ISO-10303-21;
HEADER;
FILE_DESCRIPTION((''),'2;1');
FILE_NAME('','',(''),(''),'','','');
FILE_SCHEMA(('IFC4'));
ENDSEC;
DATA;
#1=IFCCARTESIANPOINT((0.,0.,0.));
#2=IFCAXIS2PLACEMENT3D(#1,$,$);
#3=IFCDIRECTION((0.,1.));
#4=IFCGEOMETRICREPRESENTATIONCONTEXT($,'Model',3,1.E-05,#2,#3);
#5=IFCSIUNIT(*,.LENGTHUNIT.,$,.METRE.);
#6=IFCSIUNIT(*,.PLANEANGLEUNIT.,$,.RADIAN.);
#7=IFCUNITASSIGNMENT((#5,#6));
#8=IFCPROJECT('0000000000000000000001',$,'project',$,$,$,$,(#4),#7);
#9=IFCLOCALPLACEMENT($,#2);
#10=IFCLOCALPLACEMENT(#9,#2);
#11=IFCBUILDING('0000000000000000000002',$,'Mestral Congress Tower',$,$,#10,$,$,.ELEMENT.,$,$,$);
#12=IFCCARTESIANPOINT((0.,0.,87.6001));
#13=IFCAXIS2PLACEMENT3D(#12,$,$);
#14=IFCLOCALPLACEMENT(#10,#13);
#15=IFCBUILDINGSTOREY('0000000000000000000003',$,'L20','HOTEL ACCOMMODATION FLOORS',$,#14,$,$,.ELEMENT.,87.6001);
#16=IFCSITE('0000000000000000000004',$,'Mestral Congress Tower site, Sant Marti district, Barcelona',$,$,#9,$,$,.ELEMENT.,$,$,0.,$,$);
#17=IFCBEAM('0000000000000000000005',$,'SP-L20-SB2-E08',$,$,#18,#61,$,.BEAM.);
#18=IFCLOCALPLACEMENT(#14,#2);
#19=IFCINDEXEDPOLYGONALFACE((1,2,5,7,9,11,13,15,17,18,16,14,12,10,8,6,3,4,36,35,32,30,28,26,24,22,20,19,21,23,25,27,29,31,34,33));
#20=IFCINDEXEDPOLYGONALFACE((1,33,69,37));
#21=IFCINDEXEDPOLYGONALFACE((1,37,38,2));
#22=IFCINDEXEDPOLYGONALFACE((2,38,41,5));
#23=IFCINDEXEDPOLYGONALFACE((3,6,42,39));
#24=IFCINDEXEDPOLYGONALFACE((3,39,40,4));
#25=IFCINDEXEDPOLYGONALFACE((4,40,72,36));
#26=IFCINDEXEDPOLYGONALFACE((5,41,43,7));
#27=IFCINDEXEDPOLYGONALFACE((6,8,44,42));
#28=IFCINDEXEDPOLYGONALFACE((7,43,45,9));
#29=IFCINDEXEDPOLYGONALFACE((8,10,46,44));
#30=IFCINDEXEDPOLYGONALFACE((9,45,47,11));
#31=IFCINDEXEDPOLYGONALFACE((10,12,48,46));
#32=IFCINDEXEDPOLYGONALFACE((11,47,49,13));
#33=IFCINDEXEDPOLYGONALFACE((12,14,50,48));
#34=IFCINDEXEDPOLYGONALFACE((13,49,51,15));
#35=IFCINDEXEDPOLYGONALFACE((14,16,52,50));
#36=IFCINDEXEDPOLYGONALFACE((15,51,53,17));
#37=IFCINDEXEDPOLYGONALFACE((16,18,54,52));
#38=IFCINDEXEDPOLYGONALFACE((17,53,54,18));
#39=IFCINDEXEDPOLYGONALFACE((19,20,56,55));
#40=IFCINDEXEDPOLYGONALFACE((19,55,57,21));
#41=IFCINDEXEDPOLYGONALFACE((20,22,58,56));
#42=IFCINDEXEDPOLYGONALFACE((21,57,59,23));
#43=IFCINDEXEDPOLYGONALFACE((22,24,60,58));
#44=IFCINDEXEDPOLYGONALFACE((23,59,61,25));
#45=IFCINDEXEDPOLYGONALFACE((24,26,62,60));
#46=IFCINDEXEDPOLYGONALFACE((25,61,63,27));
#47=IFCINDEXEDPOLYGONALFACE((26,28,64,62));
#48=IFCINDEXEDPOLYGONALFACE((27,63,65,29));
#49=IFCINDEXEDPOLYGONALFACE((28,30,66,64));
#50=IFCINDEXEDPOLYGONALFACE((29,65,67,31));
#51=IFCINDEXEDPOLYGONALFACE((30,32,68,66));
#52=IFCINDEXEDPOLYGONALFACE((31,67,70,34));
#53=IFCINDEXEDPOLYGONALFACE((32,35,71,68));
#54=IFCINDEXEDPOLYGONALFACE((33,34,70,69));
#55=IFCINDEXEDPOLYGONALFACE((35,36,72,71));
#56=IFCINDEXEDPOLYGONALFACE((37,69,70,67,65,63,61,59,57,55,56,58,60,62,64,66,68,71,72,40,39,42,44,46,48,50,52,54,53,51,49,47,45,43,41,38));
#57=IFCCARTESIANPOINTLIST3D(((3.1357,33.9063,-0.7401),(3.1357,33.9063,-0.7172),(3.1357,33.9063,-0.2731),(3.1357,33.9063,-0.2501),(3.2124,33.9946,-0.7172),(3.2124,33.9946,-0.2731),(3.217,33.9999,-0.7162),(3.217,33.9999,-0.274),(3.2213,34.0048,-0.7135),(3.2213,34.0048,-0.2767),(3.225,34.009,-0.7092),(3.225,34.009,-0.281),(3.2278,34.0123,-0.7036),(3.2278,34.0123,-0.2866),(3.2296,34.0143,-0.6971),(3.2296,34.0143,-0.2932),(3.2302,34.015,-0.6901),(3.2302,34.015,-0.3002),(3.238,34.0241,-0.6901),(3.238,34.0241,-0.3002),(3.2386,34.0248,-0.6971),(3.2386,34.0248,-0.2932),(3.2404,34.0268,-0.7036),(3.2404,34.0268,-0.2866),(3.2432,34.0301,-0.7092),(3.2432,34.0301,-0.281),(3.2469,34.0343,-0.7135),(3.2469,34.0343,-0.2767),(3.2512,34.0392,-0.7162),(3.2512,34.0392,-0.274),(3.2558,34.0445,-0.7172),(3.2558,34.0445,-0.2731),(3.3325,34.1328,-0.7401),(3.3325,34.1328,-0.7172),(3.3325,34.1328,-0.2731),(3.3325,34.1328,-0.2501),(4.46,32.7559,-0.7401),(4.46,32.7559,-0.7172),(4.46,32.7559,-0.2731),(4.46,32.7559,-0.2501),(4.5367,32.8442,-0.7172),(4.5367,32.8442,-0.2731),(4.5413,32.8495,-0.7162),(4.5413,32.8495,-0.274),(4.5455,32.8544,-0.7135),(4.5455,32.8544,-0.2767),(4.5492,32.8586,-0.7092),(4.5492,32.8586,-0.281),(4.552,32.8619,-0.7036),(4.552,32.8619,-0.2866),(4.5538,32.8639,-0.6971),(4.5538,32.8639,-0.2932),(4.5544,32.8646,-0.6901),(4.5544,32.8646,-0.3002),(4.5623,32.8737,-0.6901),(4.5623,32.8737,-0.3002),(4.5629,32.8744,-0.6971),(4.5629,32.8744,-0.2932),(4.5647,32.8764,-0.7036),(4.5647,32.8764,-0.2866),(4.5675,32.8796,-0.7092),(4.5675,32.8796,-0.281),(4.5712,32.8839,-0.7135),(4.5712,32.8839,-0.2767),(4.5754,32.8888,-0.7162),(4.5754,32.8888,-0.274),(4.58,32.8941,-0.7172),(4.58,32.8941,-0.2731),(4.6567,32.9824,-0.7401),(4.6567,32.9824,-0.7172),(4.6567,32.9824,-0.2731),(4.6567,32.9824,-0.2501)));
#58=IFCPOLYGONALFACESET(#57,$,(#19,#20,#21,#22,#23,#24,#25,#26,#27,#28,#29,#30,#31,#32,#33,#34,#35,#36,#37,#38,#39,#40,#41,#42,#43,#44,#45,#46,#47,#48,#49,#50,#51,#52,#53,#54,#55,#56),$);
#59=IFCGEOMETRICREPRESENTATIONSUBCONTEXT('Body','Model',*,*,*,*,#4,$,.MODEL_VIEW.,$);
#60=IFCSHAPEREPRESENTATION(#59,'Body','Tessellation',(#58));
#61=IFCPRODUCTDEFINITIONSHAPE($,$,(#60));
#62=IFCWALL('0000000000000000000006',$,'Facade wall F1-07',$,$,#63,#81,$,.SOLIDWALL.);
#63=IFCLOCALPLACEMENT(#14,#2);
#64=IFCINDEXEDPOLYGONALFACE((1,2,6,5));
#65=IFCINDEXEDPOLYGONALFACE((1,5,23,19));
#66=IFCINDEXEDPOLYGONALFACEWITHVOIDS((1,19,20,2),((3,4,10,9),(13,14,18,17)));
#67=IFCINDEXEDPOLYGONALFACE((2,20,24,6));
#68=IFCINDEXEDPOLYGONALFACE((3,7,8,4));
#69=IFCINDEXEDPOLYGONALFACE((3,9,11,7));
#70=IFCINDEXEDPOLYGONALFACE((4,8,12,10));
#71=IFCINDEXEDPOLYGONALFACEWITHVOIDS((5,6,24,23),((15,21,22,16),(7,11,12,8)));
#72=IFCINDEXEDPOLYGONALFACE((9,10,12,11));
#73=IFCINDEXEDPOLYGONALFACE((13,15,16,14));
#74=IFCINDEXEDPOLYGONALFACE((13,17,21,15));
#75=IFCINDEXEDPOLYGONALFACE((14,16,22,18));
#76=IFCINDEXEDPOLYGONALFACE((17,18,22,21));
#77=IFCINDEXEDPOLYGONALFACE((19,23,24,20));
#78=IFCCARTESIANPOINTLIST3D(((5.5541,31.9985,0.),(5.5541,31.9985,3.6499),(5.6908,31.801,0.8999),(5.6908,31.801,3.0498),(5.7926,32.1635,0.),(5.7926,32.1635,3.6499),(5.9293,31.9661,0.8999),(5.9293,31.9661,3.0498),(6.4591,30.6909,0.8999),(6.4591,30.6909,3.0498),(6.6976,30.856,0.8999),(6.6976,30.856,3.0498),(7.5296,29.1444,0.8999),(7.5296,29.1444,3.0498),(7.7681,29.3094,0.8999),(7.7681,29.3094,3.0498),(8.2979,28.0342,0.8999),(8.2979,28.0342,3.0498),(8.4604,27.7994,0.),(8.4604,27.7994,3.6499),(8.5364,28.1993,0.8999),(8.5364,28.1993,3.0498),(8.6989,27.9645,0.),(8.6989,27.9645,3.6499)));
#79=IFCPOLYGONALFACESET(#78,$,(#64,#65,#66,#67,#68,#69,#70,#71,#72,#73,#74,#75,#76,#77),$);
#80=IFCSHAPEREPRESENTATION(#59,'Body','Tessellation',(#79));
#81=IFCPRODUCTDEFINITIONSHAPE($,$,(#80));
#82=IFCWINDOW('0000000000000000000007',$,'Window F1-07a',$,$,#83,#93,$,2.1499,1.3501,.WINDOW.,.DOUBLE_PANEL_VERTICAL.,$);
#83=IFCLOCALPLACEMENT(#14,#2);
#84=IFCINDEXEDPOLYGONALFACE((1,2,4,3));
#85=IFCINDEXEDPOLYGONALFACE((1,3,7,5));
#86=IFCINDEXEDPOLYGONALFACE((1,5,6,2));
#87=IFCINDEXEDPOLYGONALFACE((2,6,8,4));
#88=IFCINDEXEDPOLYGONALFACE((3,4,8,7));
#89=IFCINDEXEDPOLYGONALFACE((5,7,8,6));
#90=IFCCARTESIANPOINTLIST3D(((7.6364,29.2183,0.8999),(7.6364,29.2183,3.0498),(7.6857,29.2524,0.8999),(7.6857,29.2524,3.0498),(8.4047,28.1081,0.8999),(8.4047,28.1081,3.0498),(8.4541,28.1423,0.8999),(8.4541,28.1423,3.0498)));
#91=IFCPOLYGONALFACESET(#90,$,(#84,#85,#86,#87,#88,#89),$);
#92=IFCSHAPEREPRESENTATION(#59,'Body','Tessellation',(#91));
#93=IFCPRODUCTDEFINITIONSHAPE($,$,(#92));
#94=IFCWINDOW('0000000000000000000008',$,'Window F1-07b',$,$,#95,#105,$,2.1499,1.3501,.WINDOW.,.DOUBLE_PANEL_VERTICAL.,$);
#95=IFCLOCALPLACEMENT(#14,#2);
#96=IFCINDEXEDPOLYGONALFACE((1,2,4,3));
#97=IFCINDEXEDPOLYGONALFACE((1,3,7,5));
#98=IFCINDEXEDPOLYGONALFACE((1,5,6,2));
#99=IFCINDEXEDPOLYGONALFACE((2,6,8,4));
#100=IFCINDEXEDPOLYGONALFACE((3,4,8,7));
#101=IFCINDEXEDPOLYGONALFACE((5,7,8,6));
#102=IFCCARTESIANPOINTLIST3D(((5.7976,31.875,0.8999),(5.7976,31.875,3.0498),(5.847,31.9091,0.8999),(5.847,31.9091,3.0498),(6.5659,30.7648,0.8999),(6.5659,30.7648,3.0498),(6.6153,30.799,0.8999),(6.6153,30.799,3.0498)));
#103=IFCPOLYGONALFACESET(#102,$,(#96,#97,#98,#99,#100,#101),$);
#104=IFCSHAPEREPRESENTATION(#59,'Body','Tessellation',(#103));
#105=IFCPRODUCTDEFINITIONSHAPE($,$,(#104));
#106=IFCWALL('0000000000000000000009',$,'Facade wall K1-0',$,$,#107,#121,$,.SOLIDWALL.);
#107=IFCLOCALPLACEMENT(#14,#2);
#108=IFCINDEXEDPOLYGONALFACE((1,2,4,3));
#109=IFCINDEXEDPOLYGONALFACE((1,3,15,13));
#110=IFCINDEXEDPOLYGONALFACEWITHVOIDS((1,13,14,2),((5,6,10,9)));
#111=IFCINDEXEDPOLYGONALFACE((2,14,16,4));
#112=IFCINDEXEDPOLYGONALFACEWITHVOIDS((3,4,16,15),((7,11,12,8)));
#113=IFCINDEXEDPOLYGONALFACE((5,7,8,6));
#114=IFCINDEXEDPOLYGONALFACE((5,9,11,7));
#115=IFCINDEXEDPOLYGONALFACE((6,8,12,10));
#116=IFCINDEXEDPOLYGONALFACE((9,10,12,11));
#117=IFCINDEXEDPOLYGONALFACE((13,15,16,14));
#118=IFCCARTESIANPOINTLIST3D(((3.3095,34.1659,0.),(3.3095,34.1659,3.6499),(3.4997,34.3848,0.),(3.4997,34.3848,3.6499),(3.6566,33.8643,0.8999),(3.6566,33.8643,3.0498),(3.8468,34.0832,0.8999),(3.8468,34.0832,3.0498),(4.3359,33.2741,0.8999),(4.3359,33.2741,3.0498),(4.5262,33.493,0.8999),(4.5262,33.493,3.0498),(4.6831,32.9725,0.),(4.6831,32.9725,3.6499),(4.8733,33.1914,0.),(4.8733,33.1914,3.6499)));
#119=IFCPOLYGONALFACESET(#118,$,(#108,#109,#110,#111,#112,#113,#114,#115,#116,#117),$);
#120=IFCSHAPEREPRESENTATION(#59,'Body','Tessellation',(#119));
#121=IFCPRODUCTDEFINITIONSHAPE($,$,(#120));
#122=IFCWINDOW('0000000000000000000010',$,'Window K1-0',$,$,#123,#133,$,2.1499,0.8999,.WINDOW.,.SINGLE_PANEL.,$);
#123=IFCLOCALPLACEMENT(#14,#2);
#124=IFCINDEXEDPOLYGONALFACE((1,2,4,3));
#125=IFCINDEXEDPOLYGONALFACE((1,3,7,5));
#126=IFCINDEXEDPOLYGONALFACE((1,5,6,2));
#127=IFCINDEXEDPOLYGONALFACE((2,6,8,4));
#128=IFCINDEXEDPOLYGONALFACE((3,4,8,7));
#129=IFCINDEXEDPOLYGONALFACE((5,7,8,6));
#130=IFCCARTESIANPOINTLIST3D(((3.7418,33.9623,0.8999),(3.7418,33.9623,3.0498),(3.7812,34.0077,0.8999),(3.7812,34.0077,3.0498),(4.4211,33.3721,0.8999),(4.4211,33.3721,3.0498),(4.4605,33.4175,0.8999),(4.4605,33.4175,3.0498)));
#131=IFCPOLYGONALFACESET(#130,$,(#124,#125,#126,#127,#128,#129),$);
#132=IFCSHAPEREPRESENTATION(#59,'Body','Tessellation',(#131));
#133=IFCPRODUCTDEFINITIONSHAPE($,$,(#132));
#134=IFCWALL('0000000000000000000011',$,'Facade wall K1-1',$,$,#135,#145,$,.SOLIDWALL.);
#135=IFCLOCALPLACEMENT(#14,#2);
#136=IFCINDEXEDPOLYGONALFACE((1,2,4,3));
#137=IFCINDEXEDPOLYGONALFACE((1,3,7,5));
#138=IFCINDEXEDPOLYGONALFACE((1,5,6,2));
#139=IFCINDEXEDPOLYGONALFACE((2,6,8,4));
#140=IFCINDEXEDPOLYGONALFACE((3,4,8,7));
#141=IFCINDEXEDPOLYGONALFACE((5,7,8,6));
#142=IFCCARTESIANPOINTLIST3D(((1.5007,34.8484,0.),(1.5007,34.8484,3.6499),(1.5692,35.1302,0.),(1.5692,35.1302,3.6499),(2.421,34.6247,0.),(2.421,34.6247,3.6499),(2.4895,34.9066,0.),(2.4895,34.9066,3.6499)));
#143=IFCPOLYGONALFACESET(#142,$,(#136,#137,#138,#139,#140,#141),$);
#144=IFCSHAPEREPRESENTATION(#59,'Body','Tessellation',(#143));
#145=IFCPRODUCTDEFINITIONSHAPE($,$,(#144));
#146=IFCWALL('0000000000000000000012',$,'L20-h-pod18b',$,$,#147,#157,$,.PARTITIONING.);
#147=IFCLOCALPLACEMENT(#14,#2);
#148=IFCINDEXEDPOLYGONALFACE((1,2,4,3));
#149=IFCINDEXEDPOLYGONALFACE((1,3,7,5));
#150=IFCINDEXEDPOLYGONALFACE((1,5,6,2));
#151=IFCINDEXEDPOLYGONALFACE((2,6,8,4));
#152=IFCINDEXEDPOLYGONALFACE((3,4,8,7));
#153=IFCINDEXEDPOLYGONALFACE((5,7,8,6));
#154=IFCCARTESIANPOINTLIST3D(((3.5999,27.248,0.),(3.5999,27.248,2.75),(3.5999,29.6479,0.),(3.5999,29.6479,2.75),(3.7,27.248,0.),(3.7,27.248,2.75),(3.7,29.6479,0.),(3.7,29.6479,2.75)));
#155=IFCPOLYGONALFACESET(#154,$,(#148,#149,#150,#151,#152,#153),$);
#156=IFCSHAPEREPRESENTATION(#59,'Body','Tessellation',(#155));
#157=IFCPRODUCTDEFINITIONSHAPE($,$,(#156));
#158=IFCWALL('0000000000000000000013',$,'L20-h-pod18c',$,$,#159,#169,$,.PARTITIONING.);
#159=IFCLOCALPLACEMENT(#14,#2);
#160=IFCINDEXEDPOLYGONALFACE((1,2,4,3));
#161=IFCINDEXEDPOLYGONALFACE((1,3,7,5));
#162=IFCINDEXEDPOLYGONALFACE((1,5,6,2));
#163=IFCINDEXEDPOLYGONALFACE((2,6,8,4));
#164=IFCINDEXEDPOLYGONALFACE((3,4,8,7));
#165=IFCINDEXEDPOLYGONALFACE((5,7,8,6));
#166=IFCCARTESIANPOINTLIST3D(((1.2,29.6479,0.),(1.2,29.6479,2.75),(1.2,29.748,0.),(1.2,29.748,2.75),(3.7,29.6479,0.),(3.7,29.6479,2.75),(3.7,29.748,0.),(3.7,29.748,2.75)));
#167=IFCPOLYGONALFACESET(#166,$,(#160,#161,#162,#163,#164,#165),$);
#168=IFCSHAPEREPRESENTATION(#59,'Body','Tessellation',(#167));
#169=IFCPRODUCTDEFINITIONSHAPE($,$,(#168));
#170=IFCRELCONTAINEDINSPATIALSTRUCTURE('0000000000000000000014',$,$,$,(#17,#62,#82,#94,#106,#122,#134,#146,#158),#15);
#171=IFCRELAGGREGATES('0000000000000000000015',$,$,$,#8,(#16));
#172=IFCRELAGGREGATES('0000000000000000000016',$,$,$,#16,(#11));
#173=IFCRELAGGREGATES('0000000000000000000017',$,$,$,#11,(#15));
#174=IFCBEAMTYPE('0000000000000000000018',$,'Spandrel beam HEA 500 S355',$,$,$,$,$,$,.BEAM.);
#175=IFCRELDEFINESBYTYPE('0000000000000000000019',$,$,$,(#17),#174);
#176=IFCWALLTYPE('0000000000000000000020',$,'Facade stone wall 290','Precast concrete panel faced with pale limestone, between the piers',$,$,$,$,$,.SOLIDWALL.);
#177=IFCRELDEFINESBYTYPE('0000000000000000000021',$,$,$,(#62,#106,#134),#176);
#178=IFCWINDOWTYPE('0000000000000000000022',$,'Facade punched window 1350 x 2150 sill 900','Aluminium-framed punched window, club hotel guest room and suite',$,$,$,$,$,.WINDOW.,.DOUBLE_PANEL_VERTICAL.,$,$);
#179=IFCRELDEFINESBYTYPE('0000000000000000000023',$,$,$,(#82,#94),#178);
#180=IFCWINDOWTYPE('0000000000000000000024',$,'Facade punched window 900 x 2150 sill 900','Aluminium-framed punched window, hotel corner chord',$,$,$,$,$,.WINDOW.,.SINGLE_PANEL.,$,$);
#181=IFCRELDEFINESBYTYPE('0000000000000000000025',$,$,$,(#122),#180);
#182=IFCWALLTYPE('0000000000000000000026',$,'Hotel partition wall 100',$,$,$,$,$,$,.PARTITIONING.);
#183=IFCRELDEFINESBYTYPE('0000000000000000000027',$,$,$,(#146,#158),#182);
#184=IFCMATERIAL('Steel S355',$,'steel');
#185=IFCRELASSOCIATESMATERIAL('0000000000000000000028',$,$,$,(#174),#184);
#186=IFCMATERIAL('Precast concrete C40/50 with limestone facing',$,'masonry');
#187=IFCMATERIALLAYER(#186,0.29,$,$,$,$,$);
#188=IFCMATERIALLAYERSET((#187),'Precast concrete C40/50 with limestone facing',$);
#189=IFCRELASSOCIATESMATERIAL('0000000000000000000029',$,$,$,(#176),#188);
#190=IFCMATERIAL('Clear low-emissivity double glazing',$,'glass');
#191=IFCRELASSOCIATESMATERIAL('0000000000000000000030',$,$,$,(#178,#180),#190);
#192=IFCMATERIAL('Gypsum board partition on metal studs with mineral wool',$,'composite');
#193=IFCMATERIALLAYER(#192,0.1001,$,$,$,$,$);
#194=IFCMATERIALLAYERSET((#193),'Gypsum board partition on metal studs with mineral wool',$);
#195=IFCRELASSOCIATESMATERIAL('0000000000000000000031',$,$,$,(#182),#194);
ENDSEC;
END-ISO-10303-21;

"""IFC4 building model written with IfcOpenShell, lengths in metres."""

from ifc_helpers import new_model, si_unit, direction, frame, frame_2d, origin, origin_2d, place, context, subcontext, project, spatial, rectangle, i_section, extrude, material, layer, layer_set, material_profile, profile_set, type_object, element, fill, save


model = new_model("IFC4")

# Units and contexts
model_context = context("Model", 3, precision=1e-05, world=origin(), true_north=direction((0.0, 1.0)))
body_context = subcontext(model_context, "Body", "Model", "MODEL_VIEW")
ifc_project = project(units=[si_unit("LENGTHUNIT", "METRE"), si_unit("PLANEANGLEUNIT", "RADIAN")], contexts=[model_context])

# Site, building, storey
site_placement = place(None, origin())
site = spatial("IfcSite", under=ifc_project, at=site_placement, Name="Mestral Congress Tower site, Sant Marti district, Barcelona", CompositionType="ELEMENT", RefElevation=0.0)
building_placement = place(site_placement, origin())
building = spatial("IfcBuilding", under=site, at=building_placement, Name="Mestral Congress Tower", CompositionType="ELEMENT")
storey_placement = place(building_placement, frame((0.0, 0.0, 87.6001)))
storey = spatial("IfcBuildingStorey", under=building, at=storey_placement, Name="L20", Description="HOTEL ACCOMMODATION FLOORS", CompositionType="ELEMENT", Elevation=87.6001)

# Beam
ifc_material_1 = material(Name="Steel S355", Category="steel")
ifc_material_profile_1 = material_profile(ifc_material_1, i_section(OverallWidth=0.3, OverallDepth=0.49, WebThickness=0.012, FlangeThickness=0.0229, FilletRadius=0.0271, at=origin_2d()), Name="HEA 500")
ifc_profile_set_1 = profile_set([ifc_material_profile_1], Name="Steel S355")
beam_type_1 = type_object("IfcBeamType", Name="Spandrel beam HEA 500 S355", PredefinedType="BEAM", material=ifc_profile_set_1)
beam_1_placement = place(storey_placement, frame((4.5583, 32.8691, -0.4951), z_axis=(-0.754917, 0.65582, 0.0), x_axis=(-0.65582, -0.754917, 0.0)))
element("IfcBeam", 1, at=beam_1_placement, inside=storey, type_object=beam_type_1, Name="SP-L20-SB2-E08", PredefinedType="BEAM", context=body_context, shape_type="SweptSolid", body=[
    extrude(i_section(OverallWidth=0.3, OverallDepth=0.49, WebThickness=0.012, FlangeThickness=0.0229, FilletRadius=0.0271, at=origin_2d()), origin(), (0.0, 0.0, 1.0), 1.7542),
])

# Wall, openings, windows
ifc_material_2 = material(Name="Precast concrete C40/50 with limestone facing", Category="masonry")
ifc_layer_1 = layer(ifc_material_2, 0.29)
ifc_layer_set_1 = layer_set([ifc_layer_1], Name="Precast concrete C40/50 with limestone facing")
wall_type_1 = type_object("IfcWallType", Name="Facade stone wall 290", Description="Precast concrete panel faced with pale limestone, between the piers", PredefinedType="SOLIDWALL", material=ifc_layer_set_1)
wall_1_placement = place(storey_placement, frame((8.5796, 27.8821, 0.0), z_axis=(0.0, 0.0, 1.0), x_axis=(-0.569113, 0.822259, 0.0)))
wall_1 = element("IfcWall", 2, at=wall_1_placement, inside=storey, type_object=wall_type_1, Name="Facade wall F1-07", PredefinedType="SOLIDWALL", context=body_context, shape_type="SweptSolid", body=[
    extrude(rectangle(XDim=5.1067, YDim=0.29, at=frame_2d((2.5532, 0.0))), origin(), (0.0, 0.0, 1.0), 3.6499),
])
opening_1_placement = place(wall_1_placement, frame((0.2854, 0.0, 0.8999)))
opening_1 = element("IfcOpeningElement", 3, at=opening_1_placement, cuts=wall_1, PredefinedType="OPENING", context=body_context, shape_type="SweptSolid", body=[
    extrude(rectangle(XDim=1.3501, YDim=2.1499, at=frame_2d((0.675, 1.075))), frame((0.0, 0.155, 0.0), z_axis=(0.0, -1.0, 0.0), x_axis=(1.0, 0.0, 0.0)), (0.0, 0.0, 1.0), 0.3101),
])
opening_2_placement = place(wall_1_placement, frame((3.5164, 0.0, 0.8999)))
opening_2 = element("IfcOpeningElement", 4, at=opening_2_placement, cuts=wall_1, PredefinedType="OPENING", context=body_context, shape_type="SweptSolid", body=[
    extrude(rectangle(XDim=1.3501, YDim=2.1499, at=frame_2d((0.675, 1.075))), frame((0.0, 0.155, 0.0), z_axis=(0.0, -1.0, 0.0), x_axis=(1.0, 0.0, 0.0)), (0.0, 0.0, 1.0), 0.3101),
])
ifc_material_3 = material(Name="Clear low-emissivity double glazing", Category="glass")
window_type_1 = type_object("IfcWindowType", Name="Facade punched window 1350 x 2150 sill 900", Description="Aluminium-framed punched window, club hotel guest room and suite", PartitioningType="DOUBLE_PANEL_VERTICAL", PredefinedType="WINDOW", material=ifc_material_3)
window_1_placement = place(opening_1_placement, origin())
window_1 = element("IfcWindow", 5, at=window_1_placement, inside=storey, type_object=window_type_1, Name="Window F1-07a", OverallHeight=2.1499, OverallWidth=1.3501, PartitioningType="DOUBLE_PANEL_VERTICAL", PredefinedType="WINDOW", context=body_context, shape_type="SweptSolid", body=[
    extrude(rectangle(XDim=1.3501, YDim=2.1499, at=frame_2d((0.675, 1.075))), frame((0.0, 0.0151, 0.0), z_axis=(0.0, -1.0, 0.0), x_axis=(1.0, 0.0, 0.0)), (0.0, 0.0, 1.0), 0.0601),
])
fill(opening_1, window_1)
window_2_placement = place(opening_2_placement, origin())
window_2 = element("IfcWindow", 6, at=window_2_placement, inside=storey, type_object=window_type_1, Name="Window F1-07b", OverallHeight=2.1499, OverallWidth=1.3501, PartitioningType="DOUBLE_PANEL_VERTICAL", PredefinedType="WINDOW", context=body_context, shape_type="SweptSolid", body=[
    extrude(rectangle(XDim=1.3501, YDim=2.1499, at=frame_2d((0.675, 1.075))), frame((0.0, 0.0151, 0.0), z_axis=(0.0, -1.0, 0.0), x_axis=(1.0, 0.0, 0.0)), (0.0, 0.0, 1.0), 0.0601),
])
fill(opening_2, window_2)

# Wall, opening, window
wall_2_placement = place(storey_placement, frame((4.7781, 33.082, 0.0), z_axis=(0.0, 0.0, 1.0), x_axis=(-0.754883, 0.65586, 0.0)))
wall_2 = element("IfcWall", 7, at=wall_2_placement, inside=storey, type_object=wall_type_1, Name="Facade wall K1-0", PredefinedType="SOLIDWALL", context=body_context, shape_type="SweptSolid", body=[
    extrude(rectangle(XDim=1.8196, YDim=0.29, at=frame_2d((0.9097, 0.0))), origin(), (0.0, 0.0, 1.0), 3.6499),
])
opening_3_placement = place(wall_2_placement, frame((0.4597, 0.0, 0.8999)))
opening_3 = element("IfcOpeningElement", 8, at=opening_3_placement, cuts=wall_2, PredefinedType="OPENING", context=body_context, shape_type="SweptSolid", body=[
    extrude(rectangle(XDim=0.8999, YDim=2.1499, at=frame_2d((0.45, 1.075))), frame((0.0, 0.155, 0.0), z_axis=(0.0, -1.0, 0.0), x_axis=(1.0, 0.0, 0.0)), (0.0, 0.0, 1.0), 0.3101),
])
window_type_2 = type_object("IfcWindowType", Name="Facade punched window 900 x 2150 sill 900", Description="Aluminium-framed punched window, hotel corner chord", PartitioningType="SINGLE_PANEL", PredefinedType="WINDOW", material=ifc_material_3)
window_3_placement = place(opening_3_placement, origin())
window_3 = element("IfcWindow", 9, at=window_3_placement, inside=storey, type_object=window_type_2, Name="Window K1-0", OverallHeight=2.1499, OverallWidth=0.8999, PartitioningType="SINGLE_PANEL", PredefinedType="WINDOW", context=body_context, shape_type="SweptSolid", body=[
    extrude(rectangle(XDim=0.8999, YDim=2.1499, at=frame_2d((0.45, 1.075))), frame((0.0, 0.0151, 0.0), z_axis=(0.0, -1.0, 0.0), x_axis=(1.0, 0.0, 0.0)), (0.0, 0.0, 1.0), 0.0601),
])
fill(opening_3, window_3)

# Walls
wall_3_placement = place(storey_placement, frame((2.4553, 34.7656, 0.0), z_axis=(0.0, 0.0, 1.0), x_axis=(-0.971714, 0.236161, 0.0)))
element("IfcWall", 10, at=wall_3_placement, inside=storey, type_object=wall_type_1, Name="Facade wall K1-1", PredefinedType="SOLIDWALL", context=body_context, shape_type="SweptSolid", body=[
    extrude(rectangle(XDim=0.947, YDim=0.29, at=frame_2d((0.4736, 0.0))), origin(), (0.0, 0.0, 1.0), 3.6499),
])
ifc_material_4 = material(Name="Gypsum board partition on metal studs with mineral wool", Category="composite")
ifc_layer_2 = layer(ifc_material_4, 0.1001)
ifc_layer_set_2 = layer_set([ifc_layer_2], Name="Gypsum board partition on metal studs with mineral wool")
wall_type_2 = type_object("IfcWallType", Name="Hotel partition wall 100", PredefinedType="PARTITIONING", material=ifc_layer_set_2)
wall_4_placement = place(storey_placement, frame((3.6499, 27.248, 0.0), z_axis=(0.0, 0.0, 1.0), x_axis=(0.0, 1.0, 0.0)))
element("IfcWall", 11, at=wall_4_placement, inside=storey, type_object=wall_type_2, Name="L20-h-pod18b", PredefinedType="PARTITIONING", context=body_context, shape_type="SweptSolid", body=[
    extrude(rectangle(XDim=2.3999, YDim=0.1001, at=frame_2d((1.2, 0.0))), origin(), (0.0, 0.0, 1.0), 2.75),
])
wall_5_placement = place(storey_placement, frame((1.2, 29.698, 0.0), z_axis=(0.0, 0.0, 1.0), x_axis=(1.0, 0.0, 0.0)))
element("IfcWall", 12, at=wall_5_placement, inside=storey, type_object=wall_type_2, Name="L20-h-pod18c", PredefinedType="PARTITIONING", context=body_context, shape_type="SweptSolid", body=[
    extrude(rectangle(XDim=2.5, YDim=0.1001, at=frame_2d((1.25, 0.0))), origin(), (0.0, 0.0, 1.0), 2.75),
])

save(model, "model.ifc")
